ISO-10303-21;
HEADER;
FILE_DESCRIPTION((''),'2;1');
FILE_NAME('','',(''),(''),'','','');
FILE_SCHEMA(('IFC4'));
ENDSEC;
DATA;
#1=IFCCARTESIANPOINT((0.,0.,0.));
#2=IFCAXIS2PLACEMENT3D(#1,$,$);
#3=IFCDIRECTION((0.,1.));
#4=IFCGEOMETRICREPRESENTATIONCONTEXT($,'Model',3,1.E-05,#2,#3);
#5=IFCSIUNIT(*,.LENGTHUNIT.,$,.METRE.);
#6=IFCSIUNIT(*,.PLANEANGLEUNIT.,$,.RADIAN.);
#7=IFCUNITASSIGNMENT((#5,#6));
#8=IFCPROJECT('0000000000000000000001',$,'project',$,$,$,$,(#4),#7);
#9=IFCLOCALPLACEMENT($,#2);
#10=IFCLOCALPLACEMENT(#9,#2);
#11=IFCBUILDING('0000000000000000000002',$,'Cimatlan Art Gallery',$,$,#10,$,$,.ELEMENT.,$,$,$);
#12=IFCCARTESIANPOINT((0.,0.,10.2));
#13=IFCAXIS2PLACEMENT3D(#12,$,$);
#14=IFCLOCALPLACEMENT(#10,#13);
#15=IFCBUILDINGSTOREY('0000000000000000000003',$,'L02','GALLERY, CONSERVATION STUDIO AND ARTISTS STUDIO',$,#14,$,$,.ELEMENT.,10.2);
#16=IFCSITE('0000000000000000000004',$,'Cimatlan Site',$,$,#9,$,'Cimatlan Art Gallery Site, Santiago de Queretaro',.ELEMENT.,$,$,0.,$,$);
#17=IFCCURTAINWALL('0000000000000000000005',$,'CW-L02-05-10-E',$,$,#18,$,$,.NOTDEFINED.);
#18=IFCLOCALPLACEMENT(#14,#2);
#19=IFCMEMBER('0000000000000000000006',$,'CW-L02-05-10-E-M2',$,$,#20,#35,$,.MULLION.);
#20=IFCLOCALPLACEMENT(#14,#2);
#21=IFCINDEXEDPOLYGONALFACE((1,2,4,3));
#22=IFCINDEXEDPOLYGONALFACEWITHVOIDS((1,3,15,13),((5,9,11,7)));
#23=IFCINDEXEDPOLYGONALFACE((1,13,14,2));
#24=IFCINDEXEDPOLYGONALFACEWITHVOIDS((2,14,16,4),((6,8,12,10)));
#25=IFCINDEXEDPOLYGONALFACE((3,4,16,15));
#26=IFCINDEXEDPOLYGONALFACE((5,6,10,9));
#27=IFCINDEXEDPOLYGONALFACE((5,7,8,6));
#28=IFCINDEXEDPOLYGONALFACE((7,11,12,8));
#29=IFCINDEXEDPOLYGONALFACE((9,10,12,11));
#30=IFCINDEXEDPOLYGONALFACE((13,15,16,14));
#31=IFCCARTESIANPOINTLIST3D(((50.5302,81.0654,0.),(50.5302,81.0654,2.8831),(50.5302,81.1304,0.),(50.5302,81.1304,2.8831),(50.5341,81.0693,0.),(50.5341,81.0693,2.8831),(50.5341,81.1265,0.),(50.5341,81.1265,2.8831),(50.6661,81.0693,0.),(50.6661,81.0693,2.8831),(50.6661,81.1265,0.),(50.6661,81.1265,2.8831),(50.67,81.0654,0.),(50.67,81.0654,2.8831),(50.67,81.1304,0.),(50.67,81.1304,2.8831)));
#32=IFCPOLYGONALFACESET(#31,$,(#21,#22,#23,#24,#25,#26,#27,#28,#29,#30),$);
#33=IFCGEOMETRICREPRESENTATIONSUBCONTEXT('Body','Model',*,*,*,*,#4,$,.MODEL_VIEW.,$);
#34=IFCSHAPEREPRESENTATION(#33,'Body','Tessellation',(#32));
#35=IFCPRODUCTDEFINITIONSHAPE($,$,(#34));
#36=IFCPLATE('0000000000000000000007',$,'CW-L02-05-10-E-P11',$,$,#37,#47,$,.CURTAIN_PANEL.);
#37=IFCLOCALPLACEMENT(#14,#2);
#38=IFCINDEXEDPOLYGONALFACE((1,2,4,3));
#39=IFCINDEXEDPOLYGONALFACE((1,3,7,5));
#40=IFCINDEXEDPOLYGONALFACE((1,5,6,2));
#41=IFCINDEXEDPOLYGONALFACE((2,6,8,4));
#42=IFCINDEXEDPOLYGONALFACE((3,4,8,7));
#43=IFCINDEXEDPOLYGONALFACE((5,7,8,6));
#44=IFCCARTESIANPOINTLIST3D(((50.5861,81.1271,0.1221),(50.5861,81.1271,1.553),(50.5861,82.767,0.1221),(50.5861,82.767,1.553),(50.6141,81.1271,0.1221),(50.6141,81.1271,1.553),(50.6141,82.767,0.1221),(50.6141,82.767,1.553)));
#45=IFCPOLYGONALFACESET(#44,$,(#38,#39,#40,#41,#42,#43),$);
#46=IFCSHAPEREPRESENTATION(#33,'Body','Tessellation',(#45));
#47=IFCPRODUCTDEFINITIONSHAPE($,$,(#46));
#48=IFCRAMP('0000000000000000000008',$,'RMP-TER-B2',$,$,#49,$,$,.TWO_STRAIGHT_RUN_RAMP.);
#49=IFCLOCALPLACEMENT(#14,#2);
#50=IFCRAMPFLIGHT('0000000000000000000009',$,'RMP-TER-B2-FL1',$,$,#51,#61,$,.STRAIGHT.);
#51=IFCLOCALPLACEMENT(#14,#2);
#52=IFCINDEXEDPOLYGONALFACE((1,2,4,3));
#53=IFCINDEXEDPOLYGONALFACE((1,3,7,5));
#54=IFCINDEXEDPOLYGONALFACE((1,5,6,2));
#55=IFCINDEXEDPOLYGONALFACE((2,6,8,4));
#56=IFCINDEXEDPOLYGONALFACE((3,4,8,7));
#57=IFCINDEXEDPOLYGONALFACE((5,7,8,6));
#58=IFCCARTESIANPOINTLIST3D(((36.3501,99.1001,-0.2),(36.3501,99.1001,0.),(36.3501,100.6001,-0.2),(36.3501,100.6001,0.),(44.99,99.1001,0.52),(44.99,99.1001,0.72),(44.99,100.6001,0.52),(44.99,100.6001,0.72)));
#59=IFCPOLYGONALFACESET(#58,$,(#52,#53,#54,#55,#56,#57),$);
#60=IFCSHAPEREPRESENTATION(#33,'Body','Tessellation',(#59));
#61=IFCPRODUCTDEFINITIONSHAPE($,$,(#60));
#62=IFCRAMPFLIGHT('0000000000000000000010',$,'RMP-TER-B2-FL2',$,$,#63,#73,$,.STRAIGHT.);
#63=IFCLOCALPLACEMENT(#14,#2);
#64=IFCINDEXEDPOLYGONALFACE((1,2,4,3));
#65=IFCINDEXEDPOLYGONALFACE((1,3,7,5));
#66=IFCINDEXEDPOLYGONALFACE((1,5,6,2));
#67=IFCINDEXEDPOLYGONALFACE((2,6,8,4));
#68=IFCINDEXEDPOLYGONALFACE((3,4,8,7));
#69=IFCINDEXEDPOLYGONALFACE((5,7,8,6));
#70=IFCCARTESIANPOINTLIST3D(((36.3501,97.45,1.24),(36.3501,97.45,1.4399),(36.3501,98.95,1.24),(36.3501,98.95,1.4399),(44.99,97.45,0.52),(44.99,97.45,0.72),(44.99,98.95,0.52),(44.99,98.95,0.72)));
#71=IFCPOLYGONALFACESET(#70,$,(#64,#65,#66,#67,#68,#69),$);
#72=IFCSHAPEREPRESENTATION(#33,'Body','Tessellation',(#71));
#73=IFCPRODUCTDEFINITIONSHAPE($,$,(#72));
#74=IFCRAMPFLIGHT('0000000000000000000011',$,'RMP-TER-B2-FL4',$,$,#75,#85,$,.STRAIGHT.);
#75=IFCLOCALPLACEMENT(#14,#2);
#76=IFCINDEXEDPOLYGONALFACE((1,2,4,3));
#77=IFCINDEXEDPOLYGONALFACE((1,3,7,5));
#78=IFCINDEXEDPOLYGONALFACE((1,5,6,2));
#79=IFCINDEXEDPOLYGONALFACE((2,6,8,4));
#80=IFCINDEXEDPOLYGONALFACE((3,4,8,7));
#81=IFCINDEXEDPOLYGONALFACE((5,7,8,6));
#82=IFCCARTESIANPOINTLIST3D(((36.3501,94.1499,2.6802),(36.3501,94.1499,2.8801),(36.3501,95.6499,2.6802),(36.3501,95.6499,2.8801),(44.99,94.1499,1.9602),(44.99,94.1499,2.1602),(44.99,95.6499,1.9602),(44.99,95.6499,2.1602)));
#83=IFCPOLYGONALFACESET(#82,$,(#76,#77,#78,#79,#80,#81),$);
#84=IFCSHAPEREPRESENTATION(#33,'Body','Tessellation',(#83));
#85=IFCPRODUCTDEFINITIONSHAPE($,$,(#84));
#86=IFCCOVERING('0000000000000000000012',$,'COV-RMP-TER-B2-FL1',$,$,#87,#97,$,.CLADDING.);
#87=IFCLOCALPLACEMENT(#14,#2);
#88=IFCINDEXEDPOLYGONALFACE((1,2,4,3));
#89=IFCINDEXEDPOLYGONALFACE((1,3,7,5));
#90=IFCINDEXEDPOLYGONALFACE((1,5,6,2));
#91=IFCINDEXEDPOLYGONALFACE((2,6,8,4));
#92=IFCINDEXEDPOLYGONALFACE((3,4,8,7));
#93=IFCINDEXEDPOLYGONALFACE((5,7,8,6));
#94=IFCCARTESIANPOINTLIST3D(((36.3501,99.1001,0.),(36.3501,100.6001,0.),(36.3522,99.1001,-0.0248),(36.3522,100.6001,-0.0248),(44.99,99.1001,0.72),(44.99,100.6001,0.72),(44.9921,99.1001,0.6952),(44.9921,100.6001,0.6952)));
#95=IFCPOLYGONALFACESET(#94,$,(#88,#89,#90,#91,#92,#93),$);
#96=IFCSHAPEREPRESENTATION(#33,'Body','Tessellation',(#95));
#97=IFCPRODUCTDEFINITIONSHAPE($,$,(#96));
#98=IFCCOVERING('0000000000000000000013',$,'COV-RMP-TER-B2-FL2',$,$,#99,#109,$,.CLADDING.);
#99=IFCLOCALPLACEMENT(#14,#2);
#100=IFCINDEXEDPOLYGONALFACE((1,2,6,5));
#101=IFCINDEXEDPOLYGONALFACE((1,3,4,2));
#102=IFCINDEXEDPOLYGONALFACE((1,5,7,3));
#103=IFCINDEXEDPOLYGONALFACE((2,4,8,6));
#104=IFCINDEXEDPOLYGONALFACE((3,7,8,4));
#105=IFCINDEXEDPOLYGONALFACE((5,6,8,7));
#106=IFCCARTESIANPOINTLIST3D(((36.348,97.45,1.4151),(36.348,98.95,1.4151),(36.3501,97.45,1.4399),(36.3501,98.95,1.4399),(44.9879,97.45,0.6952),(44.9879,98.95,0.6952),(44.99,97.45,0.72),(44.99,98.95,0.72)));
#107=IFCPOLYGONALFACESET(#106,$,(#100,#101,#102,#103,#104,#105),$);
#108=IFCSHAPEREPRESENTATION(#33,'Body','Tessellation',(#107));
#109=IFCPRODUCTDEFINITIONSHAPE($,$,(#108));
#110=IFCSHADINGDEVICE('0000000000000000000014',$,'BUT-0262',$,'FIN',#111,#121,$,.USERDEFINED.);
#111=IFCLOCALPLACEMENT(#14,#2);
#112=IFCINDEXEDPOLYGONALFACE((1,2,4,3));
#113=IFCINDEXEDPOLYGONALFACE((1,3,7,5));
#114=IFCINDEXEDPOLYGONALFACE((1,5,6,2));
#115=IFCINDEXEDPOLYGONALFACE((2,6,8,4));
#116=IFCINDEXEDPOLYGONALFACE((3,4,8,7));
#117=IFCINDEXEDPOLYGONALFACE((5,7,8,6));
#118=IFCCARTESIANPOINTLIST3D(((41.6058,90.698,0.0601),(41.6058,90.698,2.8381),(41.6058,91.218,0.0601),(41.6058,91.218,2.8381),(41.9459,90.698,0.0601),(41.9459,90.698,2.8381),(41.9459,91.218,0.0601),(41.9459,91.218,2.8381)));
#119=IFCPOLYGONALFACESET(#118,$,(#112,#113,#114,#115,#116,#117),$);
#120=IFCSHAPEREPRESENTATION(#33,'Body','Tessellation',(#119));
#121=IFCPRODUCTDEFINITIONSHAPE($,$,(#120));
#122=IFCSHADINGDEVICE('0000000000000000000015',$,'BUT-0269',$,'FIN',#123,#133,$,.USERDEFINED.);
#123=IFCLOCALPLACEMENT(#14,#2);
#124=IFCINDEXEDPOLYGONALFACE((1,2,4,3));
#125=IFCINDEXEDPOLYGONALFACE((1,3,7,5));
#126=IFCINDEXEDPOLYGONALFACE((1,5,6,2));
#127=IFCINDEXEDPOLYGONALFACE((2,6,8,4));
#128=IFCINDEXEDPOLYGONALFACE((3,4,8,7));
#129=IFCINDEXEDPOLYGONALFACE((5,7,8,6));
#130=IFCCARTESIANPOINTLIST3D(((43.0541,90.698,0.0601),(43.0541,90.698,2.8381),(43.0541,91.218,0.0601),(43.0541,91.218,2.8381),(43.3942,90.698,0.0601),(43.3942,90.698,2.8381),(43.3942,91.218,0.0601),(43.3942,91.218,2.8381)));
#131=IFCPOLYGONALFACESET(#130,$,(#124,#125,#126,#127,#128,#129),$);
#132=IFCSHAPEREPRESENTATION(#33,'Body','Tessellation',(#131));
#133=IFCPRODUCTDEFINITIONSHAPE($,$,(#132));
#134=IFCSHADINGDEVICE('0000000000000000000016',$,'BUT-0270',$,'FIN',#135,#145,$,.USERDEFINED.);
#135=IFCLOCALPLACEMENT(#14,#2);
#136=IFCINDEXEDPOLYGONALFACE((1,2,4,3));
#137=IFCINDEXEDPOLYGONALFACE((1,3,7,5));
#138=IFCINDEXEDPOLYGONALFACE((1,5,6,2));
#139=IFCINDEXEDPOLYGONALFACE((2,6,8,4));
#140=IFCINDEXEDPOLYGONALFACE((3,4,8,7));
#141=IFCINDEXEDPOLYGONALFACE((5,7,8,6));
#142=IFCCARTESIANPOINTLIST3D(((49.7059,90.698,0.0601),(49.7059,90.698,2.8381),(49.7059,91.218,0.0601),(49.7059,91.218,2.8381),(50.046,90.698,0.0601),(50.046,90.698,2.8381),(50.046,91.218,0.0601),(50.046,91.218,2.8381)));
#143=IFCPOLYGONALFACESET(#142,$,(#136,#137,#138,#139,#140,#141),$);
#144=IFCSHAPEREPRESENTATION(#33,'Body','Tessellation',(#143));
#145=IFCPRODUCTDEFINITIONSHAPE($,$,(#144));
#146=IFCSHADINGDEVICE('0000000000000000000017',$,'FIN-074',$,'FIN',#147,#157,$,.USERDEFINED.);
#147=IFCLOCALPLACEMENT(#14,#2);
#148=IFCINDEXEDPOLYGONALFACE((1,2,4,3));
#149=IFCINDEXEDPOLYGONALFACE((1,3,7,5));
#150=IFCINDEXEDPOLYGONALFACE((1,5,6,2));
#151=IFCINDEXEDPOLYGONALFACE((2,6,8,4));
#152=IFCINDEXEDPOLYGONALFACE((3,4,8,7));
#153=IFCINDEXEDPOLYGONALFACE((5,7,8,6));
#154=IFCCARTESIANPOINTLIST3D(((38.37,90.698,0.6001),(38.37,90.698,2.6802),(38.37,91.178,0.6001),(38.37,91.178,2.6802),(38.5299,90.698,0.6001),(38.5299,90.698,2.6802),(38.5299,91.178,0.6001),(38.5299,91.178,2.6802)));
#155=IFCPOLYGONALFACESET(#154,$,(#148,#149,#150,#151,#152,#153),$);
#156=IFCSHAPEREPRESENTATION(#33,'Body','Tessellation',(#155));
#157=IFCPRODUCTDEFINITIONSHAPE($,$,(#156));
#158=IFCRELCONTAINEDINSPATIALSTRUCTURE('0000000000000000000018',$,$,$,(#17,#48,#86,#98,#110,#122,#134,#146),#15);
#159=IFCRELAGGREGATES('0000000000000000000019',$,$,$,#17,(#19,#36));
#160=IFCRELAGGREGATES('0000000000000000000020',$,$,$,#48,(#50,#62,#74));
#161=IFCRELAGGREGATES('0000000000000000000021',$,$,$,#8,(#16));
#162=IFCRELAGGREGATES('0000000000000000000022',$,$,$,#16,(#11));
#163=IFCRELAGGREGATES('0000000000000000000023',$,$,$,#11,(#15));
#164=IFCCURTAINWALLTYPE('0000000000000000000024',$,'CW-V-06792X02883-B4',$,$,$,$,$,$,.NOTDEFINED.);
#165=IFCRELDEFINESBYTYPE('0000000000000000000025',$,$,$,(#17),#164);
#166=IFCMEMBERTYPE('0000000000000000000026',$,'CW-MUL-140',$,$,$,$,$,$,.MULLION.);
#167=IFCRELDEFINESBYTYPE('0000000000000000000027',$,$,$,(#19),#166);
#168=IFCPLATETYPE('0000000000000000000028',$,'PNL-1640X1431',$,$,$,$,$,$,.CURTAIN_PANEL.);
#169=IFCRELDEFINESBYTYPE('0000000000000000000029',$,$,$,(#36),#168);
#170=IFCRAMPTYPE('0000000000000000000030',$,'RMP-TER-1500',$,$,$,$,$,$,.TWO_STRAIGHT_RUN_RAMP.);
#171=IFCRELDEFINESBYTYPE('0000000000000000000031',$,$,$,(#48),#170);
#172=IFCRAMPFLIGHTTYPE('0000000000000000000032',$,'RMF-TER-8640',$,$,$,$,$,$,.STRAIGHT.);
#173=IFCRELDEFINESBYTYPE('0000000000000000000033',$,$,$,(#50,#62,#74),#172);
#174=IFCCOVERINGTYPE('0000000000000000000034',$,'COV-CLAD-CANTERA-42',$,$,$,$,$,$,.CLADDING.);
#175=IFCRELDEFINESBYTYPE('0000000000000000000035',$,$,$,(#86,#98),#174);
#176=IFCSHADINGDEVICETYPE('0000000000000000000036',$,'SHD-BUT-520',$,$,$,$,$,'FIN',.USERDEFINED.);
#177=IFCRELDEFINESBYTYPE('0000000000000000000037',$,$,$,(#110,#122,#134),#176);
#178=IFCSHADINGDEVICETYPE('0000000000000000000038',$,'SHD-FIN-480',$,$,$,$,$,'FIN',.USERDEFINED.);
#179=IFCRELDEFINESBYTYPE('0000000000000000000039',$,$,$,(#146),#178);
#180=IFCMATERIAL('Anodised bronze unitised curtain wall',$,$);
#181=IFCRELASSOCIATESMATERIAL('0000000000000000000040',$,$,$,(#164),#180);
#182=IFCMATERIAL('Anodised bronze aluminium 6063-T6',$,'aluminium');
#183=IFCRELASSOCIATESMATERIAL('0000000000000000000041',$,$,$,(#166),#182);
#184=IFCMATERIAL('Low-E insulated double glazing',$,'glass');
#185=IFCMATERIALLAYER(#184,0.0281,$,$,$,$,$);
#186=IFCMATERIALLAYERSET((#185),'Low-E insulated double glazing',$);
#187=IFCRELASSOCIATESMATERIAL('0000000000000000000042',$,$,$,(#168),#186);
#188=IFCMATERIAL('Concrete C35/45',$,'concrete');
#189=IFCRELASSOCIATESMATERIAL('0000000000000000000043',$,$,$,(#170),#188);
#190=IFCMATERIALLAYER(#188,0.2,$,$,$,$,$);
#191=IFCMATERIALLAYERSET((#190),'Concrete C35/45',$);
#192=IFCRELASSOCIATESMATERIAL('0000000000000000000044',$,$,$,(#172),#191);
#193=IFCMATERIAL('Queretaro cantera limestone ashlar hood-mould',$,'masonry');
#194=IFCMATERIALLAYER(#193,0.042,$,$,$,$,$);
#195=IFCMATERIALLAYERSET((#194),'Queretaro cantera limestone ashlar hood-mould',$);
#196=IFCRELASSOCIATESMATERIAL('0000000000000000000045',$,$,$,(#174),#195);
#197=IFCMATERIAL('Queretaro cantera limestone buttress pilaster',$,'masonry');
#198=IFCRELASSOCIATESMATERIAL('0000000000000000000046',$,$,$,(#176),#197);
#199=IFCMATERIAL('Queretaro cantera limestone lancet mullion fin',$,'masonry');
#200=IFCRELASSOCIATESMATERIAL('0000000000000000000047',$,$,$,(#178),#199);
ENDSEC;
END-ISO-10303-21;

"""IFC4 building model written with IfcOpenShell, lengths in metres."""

from ifc_helpers import new_model, si_unit, direction, frame, origin, origin_2d, place, context, subcontext, project, spatial, polyline, rectangle, hollow_rectangle, outline, extrude, material, layer, layer_set, material_profile, profile_set, type_object, element, aggregate, save


model = new_model("IFC4")

# Units and contexts
model_context = context("Model", 3, precision=1e-05, world=origin(), true_north=direction((0.0, 1.0)))
body_context = subcontext(model_context, "Body", "Model", "MODEL_VIEW")
ifc_project = project(units=[si_unit("LENGTHUNIT", "METRE"), si_unit("PLANEANGLEUNIT", "RADIAN")], contexts=[model_context])

# Site, building, storey
site_placement = place(None, origin())
site = spatial("IfcSite", under=ifc_project, at=site_placement, Name="Cimatlan Site", LongName="Cimatlan Art Gallery Site, Santiago de Queretaro", CompositionType="ELEMENT", RefElevation=0.0)
building_placement = place(site_placement, origin())
building = spatial("IfcBuilding", under=site, at=building_placement, Name="Cimatlan Art Gallery", CompositionType="ELEMENT")
storey_placement = place(building_placement, frame((0.0, 0.0, 10.2)))
storey = spatial("IfcBuildingStorey", under=building, at=storey_placement, Name="L02", Description="GALLERY, CONSERVATION STUDIO AND ARTISTS STUDIO", CompositionType="ELEMENT", Elevation=10.2)

# Curtain wall, member, plate
ifc_material_1 = material(Name="Anodised bronze unitised curtain wall")
curtain_wall_type = type_object("IfcCurtainWallType", Name="CW-V-06792X02883-B4", PredefinedType="NOTDEFINED", material=ifc_material_1)
curtain_wall_placement = place(storey_placement, origin())
curtain_wall = element("IfcCurtainWall", 1, at=curtain_wall_placement, inside=storey, type_object=curtain_wall_type, Name="CW-L02-05-10-E", PredefinedType="NOTDEFINED")
ifc_material_2 = material(Name="Anodised bronze aluminium 6063-T6", Category="aluminium")
ifc_material_profile_1 = material_profile(ifc_material_2, hollow_rectangle(XDim=0.0649, YDim=0.1399, WallThickness=0.0039, at=origin_2d()), Name="ALU65X140X4")
ifc_profile_set_1 = profile_set([ifc_material_profile_1], Name="Anodised bronze aluminium 6063-T6")
member_type = type_object("IfcMemberType", Name="CW-MUL-140", PredefinedType="MULLION", material=ifc_profile_set_1)
member_placement = place(storey_placement, frame((50.6001, 81.0979, 0.0), z_axis=(0.0, 0.0, 1.0), x_axis=(0.0, 1.0, 0.0)))
member = element("IfcMember", 2, at=member_placement, type_object=member_type, Name="CW-L02-05-10-E-M2", PredefinedType="MULLION", context=body_context, shape_type="SweptSolid", body=[
    extrude(hollow_rectangle(XDim=0.0649, YDim=0.1399, WallThickness=0.0039, at=origin_2d()), origin(), (0.0, 0.0, 1.0), 2.8831),
])
ifc_material_3 = material(Name="Low-E insulated double glazing", Category="glass")
ifc_layer_1 = layer(ifc_material_3, 0.0281)
ifc_layer_set_1 = layer_set([ifc_layer_1], Name="Low-E insulated double glazing")
plate_type = type_object("IfcPlateType", Name="PNL-1640X1431", PredefinedType="CURTAIN_PANEL", material=ifc_layer_set_1)
plate_placement = place(storey_placement, frame((50.6001, 81.947, 0.1221), z_axis=(0.0, 0.0, 1.0), x_axis=(0.0, -1.0, 0.0)))
plate = element("IfcPlate", 3, at=plate_placement, type_object=plate_type, Name="CW-L02-05-10-E-P11", PredefinedType="CURTAIN_PANEL", context=body_context, shape_type="SweptSolid", body=[
    extrude(rectangle(XDim=1.6399, YDim=0.0281, at=origin_2d()), origin(), (0.0, 0.0, 1.0), 1.4309),
])
aggregate(curtain_wall, [member, plate])

# Ramp, ramp flights
ifc_material_4 = material(Name="Concrete C35/45", Category="concrete")
ramp_type = type_object("IfcRampType", Name="RMP-TER-1500", PredefinedType="TWO_STRAIGHT_RUN_RAMP", material=ifc_material_4)
ramp_placement = place(storey_placement, origin())
ramp = element("IfcRamp", 4, at=ramp_placement, inside=storey, type_object=ramp_type, Name="RMP-TER-B2", PredefinedType="TWO_STRAIGHT_RUN_RAMP")
ifc_layer_2 = layer(ifc_material_4, 0.2)
ifc_layer_set_2 = layer_set([ifc_layer_2], Name="Concrete C35/45")
ramp_flight_type = type_object("IfcRampFlightType", Name="RMF-TER-8640", PredefinedType="STRAIGHT", material=ifc_layer_set_2)
ramp_flight_1_placement = place(storey_placement, frame((36.3501, 99.8501, 0.0), z_axis=(0.0, 0.0, 1.0), x_axis=(1.0, 0.0, 0.0)))
ramp_flight_1 = element("IfcRampFlight", 5, at=ramp_flight_1_placement, type_object=ramp_flight_type, Name="RMP-TER-B2-FL1", PredefinedType="STRAIGHT", context=body_context, shape_type="SweptSolid", body=[
    extrude(outline(polyline([(0.0, 0.0), (8.6399, 0.72), (8.6399, 0.52), (0.0, -0.2), (0.0, 0.0)])), frame((0.0, 0.75, 0.0), z_axis=(0.0, -1.0, 0.0), x_axis=(1.0, 0.0, 0.0)), (0.0, 0.0, 1.0), 1.5),
])
ramp_flight_2_placement = place(storey_placement, frame((44.99, 98.2, 0.72), z_axis=(0.0, 0.0, 1.0), x_axis=(-1.0, 0.0, 0.0)))
ramp_flight_2 = element("IfcRampFlight", 6, at=ramp_flight_2_placement, type_object=ramp_flight_type, Name="RMP-TER-B2-FL2", PredefinedType="STRAIGHT", context=body_context, shape_type="SweptSolid", body=[
    extrude(outline(polyline([(0.0, 0.0), (8.6399, 0.72), (8.6399, 0.52), (0.0, -0.2), (0.0, 0.0)])), frame((0.0, 0.75, 0.0), z_axis=(0.0, -1.0, 0.0), x_axis=(1.0, 0.0, 0.0)), (0.0, 0.0, 1.0), 1.5),
])
ramp_flight_3_placement = place(storey_placement, frame((44.99, 94.8999, 2.1602), z_axis=(0.0, 0.0, 1.0), x_axis=(-1.0, 0.0, 0.0)))
ramp_flight_3 = element("IfcRampFlight", 7, at=ramp_flight_3_placement, type_object=ramp_flight_type, Name="RMP-TER-B2-FL4", PredefinedType="STRAIGHT", context=body_context, shape_type="SweptSolid", body=[
    extrude(outline(polyline([(0.0, 0.0), (8.6399, 0.72), (8.6399, 0.52), (0.0, -0.2), (0.0, 0.0)])), frame((0.0, 0.75, 0.0), z_axis=(0.0, -1.0, 0.0), x_axis=(1.0, 0.0, 0.0)), (0.0, 0.0, 1.0), 1.5),
])
aggregate(ramp, [ramp_flight_1, ramp_flight_2, ramp_flight_3])

# Coverings
ifc_material_5 = material(Name="Queretaro cantera limestone ashlar hood-mould", Category="masonry")
ifc_layer_3 = layer(ifc_material_5, 0.042)
ifc_layer_set_3 = layer_set([ifc_layer_3], Name="Queretaro cantera limestone ashlar hood-mould")
covering_type = type_object("IfcCoveringType", Name="COV-CLAD-CANTERA-42", PredefinedType="CLADDING", material=ifc_layer_set_3)
for number, where, z_axis, x_axis, name in (
    (8, (36.3501, 99.1001, 0.0), (-0.083043, 0.0, 0.996546), (0.996546, 0.0, 0.083043), "COV-RMP-TER-B2-FL1"),
    (9, (36.3501, 97.45, 1.4399), (0.083043, 0.0, 0.996546), (0.996546, 0.0, -0.083043), "COV-RMP-TER-B2-FL2"),
):
    element("IfcCovering", number, at=place(storey_placement, frame(where, z_axis=z_axis, x_axis=x_axis)), inside=storey, type_object=covering_type, Name=name, PredefinedType="CLADDING", context=body_context, shape_type="SweptSolid", body=[
        extrude(outline(polyline([(0.0, 0.0), (8.6698, 0.0), (8.6698, 1.5), (0.0, 1.5), (0.0, 0.0)])), origin(), (0.0, 0.0, -1.0), 0.0249),
    ])

# Shading devices
ifc_material_6 = material(Name="Queretaro cantera limestone buttress pilaster", Category="masonry")
shading_device_type_1 = type_object("IfcShadingDeviceType", Name="SHD-BUT-520", ElementType="FIN", PredefinedType="USERDEFINED", material=ifc_material_6)
for number, where, z_axis, x_axis, name in (
    (10, (41.7759, 90.958, 0.0601), (0.0, 0.0, 1.0), (1.0, 0.0, 0.0), "BUT-0262"),
    (11, (43.2241, 90.958, 0.0601), (0.0, 0.0, 1.0), (1.0, 0.0, 0.0), "BUT-0269"),
    (12, (49.876, 90.958, 0.0601), (0.0, 0.0, 1.0), (1.0, 0.0, 0.0), "BUT-0270"),
):
    element("IfcShadingDevice", number, at=place(storey_placement, frame(where, z_axis=z_axis, x_axis=x_axis)), inside=storey, type_object=shading_device_type_1, Name=name, ObjectType="FIN", PredefinedType="USERDEFINED", context=body_context, shape_type="SweptSolid", body=[
        extrude(rectangle(XDim=0.3401, YDim=0.52, at=origin_2d()), origin(), (0.0, 0.0, 1.0), 2.7781),
    ])
ifc_material_7 = material(Name="Queretaro cantera limestone lancet mullion fin", Category="masonry")
shading_device_type_2 = type_object("IfcShadingDeviceType", Name="SHD-FIN-480", ElementType="FIN", PredefinedType="USERDEFINED", material=ifc_material_7)
shading_device_placement = place(storey_placement, frame((38.45, 90.938, 0.6001), z_axis=(0.0, 0.0, 1.0), x_axis=(1.0, 0.0, 0.0)))
element("IfcShadingDevice", 13, at=shading_device_placement, inside=storey, type_object=shading_device_type_2, Name="FIN-074", ObjectType="FIN", PredefinedType="USERDEFINED", context=body_context, shape_type="SweptSolid", body=[
    extrude(rectangle(XDim=0.1599, YDim=0.48, at=origin_2d()), origin(), (0.0, 0.0, 1.0), 2.0801),
])

save(model, "model.ifc")
